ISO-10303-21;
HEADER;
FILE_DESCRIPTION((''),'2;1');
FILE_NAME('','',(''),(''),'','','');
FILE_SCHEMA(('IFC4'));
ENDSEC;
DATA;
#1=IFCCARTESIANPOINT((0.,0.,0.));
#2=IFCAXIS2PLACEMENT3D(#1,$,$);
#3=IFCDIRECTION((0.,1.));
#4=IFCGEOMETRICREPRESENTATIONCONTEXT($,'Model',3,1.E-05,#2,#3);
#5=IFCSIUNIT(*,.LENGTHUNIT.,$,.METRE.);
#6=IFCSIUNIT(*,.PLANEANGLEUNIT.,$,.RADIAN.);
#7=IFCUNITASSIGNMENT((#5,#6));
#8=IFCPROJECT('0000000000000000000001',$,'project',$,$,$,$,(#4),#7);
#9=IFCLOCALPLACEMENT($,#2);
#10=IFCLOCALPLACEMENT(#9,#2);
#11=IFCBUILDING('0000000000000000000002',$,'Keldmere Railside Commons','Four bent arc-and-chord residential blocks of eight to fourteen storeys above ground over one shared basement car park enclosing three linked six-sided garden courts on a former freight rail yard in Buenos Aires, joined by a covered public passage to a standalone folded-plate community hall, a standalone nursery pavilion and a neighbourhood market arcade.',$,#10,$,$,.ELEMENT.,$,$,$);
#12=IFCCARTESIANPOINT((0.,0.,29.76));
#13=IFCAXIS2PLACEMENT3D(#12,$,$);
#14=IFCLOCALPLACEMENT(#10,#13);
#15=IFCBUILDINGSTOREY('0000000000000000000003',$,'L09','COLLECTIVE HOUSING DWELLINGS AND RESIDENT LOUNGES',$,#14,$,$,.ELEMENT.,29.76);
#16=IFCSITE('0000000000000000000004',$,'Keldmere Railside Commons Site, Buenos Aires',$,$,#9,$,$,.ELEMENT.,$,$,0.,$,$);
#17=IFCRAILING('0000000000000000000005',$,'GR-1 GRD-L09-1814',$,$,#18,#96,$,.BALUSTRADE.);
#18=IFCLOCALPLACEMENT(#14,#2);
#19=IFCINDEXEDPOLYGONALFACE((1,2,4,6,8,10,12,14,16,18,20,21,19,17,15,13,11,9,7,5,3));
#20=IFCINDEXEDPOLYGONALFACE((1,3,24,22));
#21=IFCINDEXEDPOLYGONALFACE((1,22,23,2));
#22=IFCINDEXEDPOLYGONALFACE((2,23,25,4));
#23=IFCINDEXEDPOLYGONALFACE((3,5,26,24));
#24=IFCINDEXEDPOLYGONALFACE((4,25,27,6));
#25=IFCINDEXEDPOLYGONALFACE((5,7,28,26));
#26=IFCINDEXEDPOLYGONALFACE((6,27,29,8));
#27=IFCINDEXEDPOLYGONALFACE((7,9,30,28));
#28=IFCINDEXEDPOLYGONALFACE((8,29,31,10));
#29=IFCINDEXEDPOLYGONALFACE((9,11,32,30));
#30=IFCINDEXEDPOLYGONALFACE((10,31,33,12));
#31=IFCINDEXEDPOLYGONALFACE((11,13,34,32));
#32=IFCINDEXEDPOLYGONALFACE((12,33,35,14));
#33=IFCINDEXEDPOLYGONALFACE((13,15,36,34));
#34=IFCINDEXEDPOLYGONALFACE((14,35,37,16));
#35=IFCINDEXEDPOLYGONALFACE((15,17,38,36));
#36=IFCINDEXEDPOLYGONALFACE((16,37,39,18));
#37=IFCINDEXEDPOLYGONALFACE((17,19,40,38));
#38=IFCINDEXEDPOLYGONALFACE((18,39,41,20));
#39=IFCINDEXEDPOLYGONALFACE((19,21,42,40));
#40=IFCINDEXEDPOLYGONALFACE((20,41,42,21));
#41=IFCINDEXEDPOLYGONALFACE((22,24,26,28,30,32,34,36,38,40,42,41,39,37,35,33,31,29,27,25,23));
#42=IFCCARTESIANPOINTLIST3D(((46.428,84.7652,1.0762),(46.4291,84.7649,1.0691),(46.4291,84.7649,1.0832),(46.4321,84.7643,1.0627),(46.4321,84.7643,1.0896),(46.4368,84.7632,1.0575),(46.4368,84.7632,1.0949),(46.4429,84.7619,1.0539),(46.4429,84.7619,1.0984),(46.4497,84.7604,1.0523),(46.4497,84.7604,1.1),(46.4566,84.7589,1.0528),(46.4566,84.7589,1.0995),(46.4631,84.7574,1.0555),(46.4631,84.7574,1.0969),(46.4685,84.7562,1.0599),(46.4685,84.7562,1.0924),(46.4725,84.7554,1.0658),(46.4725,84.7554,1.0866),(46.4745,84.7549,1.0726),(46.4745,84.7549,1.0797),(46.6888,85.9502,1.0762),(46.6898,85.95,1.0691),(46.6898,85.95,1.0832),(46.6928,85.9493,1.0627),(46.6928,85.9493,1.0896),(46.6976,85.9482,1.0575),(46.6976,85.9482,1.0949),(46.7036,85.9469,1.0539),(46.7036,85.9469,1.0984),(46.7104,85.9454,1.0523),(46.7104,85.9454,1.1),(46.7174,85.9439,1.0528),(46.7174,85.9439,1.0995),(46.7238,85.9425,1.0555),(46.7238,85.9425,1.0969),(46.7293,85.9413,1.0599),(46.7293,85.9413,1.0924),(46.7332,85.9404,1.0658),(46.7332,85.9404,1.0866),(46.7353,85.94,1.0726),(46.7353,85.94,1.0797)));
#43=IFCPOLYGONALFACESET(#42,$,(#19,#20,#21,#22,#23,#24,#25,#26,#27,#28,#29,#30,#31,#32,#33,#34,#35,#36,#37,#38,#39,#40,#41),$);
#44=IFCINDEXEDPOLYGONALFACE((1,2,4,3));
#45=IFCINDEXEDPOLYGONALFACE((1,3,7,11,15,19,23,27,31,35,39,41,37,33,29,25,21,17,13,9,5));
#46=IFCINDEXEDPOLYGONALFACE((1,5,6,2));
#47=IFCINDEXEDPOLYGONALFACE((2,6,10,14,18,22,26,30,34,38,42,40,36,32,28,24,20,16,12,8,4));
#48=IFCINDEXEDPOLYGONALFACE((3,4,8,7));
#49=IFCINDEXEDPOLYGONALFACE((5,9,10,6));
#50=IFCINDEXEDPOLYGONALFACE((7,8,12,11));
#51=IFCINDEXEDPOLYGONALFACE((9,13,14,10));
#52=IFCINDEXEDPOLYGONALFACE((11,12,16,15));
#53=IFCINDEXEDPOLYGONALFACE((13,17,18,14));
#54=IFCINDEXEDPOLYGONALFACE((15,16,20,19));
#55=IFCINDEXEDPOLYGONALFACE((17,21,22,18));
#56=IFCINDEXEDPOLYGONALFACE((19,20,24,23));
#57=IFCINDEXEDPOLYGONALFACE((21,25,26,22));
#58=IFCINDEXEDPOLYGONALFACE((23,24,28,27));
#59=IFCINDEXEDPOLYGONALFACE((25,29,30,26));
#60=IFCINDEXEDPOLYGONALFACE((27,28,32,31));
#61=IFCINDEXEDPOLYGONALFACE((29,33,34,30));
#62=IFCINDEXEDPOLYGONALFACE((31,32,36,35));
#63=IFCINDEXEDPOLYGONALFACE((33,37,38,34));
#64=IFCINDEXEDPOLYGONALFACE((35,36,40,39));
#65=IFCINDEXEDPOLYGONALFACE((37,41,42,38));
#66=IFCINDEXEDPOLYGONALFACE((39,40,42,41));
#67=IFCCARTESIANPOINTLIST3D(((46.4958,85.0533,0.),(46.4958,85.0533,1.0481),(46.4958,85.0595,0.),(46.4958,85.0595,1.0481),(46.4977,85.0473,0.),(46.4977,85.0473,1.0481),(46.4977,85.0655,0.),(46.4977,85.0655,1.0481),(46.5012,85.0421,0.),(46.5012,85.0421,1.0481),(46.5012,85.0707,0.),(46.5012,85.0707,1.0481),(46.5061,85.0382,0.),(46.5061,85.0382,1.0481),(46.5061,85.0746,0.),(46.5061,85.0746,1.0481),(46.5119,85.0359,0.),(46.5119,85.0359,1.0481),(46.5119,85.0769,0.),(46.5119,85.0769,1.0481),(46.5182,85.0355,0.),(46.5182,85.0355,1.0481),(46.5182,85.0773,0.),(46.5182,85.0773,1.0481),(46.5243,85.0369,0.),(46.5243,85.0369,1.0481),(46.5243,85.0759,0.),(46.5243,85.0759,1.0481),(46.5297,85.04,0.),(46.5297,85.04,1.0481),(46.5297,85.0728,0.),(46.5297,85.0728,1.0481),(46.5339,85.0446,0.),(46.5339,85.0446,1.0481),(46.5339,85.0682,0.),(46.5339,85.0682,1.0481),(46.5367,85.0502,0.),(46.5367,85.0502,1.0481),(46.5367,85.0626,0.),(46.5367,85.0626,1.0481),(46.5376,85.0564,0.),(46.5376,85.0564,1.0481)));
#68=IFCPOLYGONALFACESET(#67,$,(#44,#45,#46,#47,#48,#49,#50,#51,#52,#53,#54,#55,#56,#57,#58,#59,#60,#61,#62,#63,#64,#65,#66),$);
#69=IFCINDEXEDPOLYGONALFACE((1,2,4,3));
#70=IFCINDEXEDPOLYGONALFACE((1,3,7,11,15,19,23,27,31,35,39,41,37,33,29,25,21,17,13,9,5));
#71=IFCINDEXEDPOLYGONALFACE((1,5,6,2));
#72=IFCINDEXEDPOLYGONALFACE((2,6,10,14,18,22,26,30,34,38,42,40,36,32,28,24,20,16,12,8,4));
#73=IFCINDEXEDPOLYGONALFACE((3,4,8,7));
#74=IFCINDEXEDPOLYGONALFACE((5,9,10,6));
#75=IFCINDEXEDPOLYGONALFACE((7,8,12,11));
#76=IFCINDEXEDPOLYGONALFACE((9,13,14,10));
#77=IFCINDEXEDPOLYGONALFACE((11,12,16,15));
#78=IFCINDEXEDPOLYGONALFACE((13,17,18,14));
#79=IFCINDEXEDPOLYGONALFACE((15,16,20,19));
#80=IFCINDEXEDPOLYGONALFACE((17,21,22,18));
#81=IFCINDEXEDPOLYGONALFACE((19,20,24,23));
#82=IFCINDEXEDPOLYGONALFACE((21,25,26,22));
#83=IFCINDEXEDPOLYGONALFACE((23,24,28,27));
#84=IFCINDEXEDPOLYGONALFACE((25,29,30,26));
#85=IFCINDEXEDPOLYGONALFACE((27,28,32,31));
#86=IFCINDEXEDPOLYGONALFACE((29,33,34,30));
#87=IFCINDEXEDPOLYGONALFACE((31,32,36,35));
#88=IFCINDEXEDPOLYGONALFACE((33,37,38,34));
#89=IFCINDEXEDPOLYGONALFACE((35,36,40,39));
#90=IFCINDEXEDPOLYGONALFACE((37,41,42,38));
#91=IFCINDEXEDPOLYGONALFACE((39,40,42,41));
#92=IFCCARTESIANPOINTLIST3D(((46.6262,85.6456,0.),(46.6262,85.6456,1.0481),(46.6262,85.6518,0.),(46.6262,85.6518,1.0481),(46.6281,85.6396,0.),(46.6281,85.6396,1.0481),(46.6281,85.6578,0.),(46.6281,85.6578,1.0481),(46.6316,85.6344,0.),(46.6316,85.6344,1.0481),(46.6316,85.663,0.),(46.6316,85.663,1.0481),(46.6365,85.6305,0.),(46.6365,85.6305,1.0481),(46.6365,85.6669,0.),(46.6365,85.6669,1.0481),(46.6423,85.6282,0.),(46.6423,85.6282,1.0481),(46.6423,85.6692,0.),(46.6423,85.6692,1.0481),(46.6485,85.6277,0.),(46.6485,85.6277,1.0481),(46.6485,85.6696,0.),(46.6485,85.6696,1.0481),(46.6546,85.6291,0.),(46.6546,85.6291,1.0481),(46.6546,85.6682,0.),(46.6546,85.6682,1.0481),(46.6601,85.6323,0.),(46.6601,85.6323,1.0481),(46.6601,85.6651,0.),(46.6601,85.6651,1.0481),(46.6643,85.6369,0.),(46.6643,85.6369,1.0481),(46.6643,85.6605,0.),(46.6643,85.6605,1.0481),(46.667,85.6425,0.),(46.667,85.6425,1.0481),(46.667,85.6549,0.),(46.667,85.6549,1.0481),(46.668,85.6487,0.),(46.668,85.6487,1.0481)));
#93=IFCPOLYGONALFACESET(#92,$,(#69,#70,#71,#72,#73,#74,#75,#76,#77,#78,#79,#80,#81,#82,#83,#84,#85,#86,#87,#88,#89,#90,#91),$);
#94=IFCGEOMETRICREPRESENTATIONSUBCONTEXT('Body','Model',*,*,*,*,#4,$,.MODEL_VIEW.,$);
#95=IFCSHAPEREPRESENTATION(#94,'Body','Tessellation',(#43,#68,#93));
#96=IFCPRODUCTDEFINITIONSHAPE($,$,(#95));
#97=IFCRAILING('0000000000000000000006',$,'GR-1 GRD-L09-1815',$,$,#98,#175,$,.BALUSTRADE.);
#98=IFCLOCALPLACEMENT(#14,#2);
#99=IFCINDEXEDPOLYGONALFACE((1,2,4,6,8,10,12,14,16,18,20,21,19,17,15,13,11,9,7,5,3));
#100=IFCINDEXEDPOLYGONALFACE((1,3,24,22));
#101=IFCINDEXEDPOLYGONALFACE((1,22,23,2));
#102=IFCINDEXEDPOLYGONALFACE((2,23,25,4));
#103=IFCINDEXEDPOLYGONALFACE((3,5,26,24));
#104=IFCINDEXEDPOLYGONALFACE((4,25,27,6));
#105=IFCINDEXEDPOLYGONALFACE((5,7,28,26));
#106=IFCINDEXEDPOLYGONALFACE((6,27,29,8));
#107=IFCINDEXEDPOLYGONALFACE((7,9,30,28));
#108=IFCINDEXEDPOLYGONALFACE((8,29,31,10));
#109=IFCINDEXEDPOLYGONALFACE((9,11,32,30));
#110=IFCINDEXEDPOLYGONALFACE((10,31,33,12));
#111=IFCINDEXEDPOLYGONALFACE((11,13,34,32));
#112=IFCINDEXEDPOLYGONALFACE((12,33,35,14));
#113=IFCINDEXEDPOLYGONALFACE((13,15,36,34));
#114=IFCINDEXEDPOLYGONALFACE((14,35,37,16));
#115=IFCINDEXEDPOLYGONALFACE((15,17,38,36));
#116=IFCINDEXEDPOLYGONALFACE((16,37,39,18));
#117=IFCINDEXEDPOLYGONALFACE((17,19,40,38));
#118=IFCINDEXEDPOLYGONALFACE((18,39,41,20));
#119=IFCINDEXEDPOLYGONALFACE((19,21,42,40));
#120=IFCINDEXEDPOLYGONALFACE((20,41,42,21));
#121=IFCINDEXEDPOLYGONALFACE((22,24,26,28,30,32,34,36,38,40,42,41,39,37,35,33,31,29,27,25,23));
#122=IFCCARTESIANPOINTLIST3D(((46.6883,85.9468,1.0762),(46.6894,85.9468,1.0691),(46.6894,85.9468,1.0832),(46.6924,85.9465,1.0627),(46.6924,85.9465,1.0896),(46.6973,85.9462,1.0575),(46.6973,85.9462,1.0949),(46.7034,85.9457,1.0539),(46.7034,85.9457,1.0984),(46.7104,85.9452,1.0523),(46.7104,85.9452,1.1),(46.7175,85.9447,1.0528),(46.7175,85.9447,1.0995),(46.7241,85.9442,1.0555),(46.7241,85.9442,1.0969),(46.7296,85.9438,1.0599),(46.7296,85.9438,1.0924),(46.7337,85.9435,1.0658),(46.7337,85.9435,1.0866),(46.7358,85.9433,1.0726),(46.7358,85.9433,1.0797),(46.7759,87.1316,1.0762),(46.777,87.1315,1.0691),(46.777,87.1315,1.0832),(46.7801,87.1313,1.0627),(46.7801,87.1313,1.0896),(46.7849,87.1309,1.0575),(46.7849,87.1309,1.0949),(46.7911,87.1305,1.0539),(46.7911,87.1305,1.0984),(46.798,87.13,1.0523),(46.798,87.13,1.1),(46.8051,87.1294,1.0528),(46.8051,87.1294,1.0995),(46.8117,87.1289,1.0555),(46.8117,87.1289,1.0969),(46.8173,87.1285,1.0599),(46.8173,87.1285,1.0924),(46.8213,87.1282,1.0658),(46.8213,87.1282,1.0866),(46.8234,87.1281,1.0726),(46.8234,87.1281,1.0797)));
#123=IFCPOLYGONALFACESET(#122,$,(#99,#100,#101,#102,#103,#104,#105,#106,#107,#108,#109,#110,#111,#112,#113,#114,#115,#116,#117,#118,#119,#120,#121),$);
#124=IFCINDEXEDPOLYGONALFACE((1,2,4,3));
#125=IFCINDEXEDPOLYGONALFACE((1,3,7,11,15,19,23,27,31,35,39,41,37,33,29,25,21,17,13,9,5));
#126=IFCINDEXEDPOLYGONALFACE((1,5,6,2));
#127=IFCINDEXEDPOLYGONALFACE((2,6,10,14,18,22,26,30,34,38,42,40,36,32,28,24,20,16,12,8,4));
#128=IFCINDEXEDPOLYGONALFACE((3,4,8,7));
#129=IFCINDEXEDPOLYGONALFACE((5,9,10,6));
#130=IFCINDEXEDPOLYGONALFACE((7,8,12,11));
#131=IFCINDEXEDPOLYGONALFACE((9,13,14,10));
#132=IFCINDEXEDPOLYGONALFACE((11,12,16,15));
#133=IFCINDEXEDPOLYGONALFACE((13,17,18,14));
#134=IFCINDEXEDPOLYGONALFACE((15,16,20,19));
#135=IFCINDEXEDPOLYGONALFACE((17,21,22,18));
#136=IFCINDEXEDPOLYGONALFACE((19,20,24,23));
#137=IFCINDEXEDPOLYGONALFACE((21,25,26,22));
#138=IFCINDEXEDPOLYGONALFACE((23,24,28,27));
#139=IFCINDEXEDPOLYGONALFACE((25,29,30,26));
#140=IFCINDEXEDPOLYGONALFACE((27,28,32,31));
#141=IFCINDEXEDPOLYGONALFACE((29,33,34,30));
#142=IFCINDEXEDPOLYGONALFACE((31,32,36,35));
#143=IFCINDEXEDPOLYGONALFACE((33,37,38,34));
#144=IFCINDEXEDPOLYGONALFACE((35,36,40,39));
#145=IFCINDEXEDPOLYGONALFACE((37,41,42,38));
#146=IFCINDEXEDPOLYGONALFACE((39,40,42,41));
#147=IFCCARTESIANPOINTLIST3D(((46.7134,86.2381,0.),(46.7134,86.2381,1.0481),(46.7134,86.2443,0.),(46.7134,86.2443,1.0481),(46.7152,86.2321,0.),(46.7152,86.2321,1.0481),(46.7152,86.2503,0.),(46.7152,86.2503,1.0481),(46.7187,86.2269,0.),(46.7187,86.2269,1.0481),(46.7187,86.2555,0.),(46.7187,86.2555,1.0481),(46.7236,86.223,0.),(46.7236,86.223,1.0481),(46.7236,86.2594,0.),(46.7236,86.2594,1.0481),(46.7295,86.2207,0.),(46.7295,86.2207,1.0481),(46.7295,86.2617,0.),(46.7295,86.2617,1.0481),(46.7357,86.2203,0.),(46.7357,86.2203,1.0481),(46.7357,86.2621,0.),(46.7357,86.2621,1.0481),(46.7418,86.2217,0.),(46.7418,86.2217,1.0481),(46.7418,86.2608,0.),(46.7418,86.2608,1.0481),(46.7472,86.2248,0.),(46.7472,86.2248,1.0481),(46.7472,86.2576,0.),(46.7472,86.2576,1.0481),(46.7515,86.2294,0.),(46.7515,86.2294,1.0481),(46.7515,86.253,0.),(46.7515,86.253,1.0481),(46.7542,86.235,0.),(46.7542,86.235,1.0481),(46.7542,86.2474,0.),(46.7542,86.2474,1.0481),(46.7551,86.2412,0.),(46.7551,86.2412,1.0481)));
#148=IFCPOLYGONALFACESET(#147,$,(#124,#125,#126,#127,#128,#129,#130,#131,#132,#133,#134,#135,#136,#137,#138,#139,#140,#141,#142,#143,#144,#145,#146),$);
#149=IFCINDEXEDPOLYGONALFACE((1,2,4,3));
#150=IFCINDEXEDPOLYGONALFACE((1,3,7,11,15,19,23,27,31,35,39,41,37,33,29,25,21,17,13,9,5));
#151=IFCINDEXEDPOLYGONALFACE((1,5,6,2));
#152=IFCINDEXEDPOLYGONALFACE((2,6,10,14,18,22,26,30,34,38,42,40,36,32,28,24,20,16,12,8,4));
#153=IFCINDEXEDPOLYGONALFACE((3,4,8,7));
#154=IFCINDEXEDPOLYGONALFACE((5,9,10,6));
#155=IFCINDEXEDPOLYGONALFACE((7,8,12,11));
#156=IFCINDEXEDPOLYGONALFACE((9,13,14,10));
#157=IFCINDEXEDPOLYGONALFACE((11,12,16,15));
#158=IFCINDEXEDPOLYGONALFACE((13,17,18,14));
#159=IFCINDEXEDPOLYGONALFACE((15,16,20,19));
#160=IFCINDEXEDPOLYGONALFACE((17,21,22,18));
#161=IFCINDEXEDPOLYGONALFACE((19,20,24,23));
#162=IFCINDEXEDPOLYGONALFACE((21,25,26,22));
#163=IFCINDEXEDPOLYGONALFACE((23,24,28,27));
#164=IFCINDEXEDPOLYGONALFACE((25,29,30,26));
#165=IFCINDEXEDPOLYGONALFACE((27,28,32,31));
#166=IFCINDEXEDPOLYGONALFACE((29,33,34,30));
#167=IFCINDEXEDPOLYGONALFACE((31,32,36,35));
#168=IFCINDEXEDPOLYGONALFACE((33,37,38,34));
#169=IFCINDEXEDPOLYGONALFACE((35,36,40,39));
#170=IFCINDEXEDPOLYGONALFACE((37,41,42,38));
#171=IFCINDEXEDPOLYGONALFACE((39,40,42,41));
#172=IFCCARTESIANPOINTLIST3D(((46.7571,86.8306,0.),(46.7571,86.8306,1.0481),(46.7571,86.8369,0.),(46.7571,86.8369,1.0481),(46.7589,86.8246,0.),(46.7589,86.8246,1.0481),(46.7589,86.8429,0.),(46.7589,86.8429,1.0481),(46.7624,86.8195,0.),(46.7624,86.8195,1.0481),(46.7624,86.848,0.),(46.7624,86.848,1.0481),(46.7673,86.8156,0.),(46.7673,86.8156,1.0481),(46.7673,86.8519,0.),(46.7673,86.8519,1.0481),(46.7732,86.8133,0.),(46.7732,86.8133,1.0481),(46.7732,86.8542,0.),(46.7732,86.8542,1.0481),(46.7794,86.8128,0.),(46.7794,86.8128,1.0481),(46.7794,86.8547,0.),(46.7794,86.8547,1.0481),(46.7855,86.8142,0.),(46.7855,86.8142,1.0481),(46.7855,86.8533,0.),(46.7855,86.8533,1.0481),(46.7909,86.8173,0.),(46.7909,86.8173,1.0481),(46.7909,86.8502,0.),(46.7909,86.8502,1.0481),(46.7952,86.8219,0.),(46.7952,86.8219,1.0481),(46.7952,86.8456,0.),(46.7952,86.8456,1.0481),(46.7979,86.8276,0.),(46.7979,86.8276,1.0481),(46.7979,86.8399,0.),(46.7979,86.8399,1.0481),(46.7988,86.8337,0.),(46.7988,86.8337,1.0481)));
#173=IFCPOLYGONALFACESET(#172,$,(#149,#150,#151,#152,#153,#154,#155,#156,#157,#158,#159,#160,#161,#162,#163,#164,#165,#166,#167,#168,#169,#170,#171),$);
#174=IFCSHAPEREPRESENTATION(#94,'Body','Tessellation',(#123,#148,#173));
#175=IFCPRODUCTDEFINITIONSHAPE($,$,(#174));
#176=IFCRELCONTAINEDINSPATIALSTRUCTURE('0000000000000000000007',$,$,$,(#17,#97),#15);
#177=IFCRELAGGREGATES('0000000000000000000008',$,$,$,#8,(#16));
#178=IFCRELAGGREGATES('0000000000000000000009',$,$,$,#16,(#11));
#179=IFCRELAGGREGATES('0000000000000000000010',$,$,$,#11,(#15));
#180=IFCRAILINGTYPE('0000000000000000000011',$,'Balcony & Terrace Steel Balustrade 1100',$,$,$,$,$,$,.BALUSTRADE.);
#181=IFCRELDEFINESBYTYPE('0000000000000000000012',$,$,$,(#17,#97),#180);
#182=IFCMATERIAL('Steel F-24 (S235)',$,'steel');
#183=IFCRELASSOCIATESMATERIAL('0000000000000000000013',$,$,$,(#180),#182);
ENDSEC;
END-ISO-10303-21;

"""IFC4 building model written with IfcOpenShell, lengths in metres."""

from ifc_helpers import new_model, si_unit, direction, frame, origin, origin_2d, place, context, subcontext, project, spatial, circle, extrude, material, type_object, element, save


model = new_model("IFC4")

# Units and contexts
model_context = context("Model", 3, precision=1e-05, world=origin(), true_north=direction((0.0, 1.0)))
body_context = subcontext(model_context, "Body", "Model", "MODEL_VIEW")
ifc_project = project(units=[si_unit("LENGTHUNIT", "METRE"), si_unit("PLANEANGLEUNIT", "RADIAN")], contexts=[model_context])

# Site, building, storey
site_placement = place(None, origin())
site = spatial("IfcSite", under=ifc_project, at=site_placement, Name="Keldmere Railside Commons Site, Buenos Aires", CompositionType="ELEMENT", RefElevation=0.0)
building_placement = place(site_placement, origin())
building = spatial("IfcBuilding", under=site, at=building_placement, Name="Keldmere Railside Commons", Description="Four bent arc-and-chord residential blocks of eight to fourteen storeys above ground over one shared basement car park enclosing three linked six-sided garden courts on a former freight rail yard in Buenos Aires, joined by a covered public passage to a standalone folded-plate community hall, a standalone nursery pavilion and a neighbourhood market arcade.", CompositionType="ELEMENT")
storey_placement = place(building_placement, frame((0.0, 0.0, 29.76)))
storey = spatial("IfcBuildingStorey", under=building, at=storey_placement, Name="L09", Description="COLLECTIVE HOUSING DWELLINGS AND RESIDENT LOUNGES", CompositionType="ELEMENT", Elevation=29.76)

# Shared definitions
ifc_material_1 = material(Name="Steel F-24 (S235)", Category="steel")

# Railings
railing_type = type_object("IfcRailingType", Name="Balcony & Terrace Steel Balustrade 1100", PredefinedType="BALUSTRADE", material=ifc_material_1)
railing_1_placement = place(storey_placement, frame((46.4514, 84.76, 0.0)))
element("IfcRailing", 1, at=railing_1_placement, inside=storey, type_object=railing_type, Name="GR-1 GRD-L09-1814", PredefinedType="BALUSTRADE", context=body_context, shape_type="SweptSolid", body=[
    extrude(circle(Radius=0.0239, at=origin_2d()), frame((0.0, 0.0, 1.0762), z_axis=(0.214885, 0.976639, 0.0), x_axis=(-0.976639, 0.214885, 0.0)), (0.0, 0.0, 1.0), 1.2134),
    extrude(circle(Radius=0.021, at=origin_2d()), frame((0.0652, 0.2964, 0.0)), (0.0, 0.0, 1.0), 1.0481),
    extrude(circle(Radius=0.021, at=origin_2d()), frame((0.1956, 0.8887, 0.0)), (0.0, 0.0, 1.0), 1.0481),
])
railing_2_placement = place(storey_placement, frame((46.7122, 85.9451, 0.0)))
element("IfcRailing", 2, at=railing_2_placement, inside=storey, type_object=railing_type, Name="GR-1 GRD-L09-1815", PredefinedType="BALUSTRADE", context=body_context, shape_type="SweptSolid", body=[
    extrude(circle(Radius=0.0239, at=origin_2d()), frame((0.0, 0.0, 1.0762), z_axis=(0.073773, 0.997275, 0.0), x_axis=(-0.997275, 0.073773, 0.0)), (0.0, 0.0, 1.0), 1.188),
    extrude(circle(Radius=0.021, at=origin_2d()), frame((0.022, 0.2961, 0.0)), (0.0, 0.0, 1.0), 1.0481),
    extrude(circle(Radius=0.021, at=origin_2d()), frame((0.0657, 0.8887, 0.0)), (0.0, 0.0, 1.0), 1.0481),
])

save(model, "model.ifc")
